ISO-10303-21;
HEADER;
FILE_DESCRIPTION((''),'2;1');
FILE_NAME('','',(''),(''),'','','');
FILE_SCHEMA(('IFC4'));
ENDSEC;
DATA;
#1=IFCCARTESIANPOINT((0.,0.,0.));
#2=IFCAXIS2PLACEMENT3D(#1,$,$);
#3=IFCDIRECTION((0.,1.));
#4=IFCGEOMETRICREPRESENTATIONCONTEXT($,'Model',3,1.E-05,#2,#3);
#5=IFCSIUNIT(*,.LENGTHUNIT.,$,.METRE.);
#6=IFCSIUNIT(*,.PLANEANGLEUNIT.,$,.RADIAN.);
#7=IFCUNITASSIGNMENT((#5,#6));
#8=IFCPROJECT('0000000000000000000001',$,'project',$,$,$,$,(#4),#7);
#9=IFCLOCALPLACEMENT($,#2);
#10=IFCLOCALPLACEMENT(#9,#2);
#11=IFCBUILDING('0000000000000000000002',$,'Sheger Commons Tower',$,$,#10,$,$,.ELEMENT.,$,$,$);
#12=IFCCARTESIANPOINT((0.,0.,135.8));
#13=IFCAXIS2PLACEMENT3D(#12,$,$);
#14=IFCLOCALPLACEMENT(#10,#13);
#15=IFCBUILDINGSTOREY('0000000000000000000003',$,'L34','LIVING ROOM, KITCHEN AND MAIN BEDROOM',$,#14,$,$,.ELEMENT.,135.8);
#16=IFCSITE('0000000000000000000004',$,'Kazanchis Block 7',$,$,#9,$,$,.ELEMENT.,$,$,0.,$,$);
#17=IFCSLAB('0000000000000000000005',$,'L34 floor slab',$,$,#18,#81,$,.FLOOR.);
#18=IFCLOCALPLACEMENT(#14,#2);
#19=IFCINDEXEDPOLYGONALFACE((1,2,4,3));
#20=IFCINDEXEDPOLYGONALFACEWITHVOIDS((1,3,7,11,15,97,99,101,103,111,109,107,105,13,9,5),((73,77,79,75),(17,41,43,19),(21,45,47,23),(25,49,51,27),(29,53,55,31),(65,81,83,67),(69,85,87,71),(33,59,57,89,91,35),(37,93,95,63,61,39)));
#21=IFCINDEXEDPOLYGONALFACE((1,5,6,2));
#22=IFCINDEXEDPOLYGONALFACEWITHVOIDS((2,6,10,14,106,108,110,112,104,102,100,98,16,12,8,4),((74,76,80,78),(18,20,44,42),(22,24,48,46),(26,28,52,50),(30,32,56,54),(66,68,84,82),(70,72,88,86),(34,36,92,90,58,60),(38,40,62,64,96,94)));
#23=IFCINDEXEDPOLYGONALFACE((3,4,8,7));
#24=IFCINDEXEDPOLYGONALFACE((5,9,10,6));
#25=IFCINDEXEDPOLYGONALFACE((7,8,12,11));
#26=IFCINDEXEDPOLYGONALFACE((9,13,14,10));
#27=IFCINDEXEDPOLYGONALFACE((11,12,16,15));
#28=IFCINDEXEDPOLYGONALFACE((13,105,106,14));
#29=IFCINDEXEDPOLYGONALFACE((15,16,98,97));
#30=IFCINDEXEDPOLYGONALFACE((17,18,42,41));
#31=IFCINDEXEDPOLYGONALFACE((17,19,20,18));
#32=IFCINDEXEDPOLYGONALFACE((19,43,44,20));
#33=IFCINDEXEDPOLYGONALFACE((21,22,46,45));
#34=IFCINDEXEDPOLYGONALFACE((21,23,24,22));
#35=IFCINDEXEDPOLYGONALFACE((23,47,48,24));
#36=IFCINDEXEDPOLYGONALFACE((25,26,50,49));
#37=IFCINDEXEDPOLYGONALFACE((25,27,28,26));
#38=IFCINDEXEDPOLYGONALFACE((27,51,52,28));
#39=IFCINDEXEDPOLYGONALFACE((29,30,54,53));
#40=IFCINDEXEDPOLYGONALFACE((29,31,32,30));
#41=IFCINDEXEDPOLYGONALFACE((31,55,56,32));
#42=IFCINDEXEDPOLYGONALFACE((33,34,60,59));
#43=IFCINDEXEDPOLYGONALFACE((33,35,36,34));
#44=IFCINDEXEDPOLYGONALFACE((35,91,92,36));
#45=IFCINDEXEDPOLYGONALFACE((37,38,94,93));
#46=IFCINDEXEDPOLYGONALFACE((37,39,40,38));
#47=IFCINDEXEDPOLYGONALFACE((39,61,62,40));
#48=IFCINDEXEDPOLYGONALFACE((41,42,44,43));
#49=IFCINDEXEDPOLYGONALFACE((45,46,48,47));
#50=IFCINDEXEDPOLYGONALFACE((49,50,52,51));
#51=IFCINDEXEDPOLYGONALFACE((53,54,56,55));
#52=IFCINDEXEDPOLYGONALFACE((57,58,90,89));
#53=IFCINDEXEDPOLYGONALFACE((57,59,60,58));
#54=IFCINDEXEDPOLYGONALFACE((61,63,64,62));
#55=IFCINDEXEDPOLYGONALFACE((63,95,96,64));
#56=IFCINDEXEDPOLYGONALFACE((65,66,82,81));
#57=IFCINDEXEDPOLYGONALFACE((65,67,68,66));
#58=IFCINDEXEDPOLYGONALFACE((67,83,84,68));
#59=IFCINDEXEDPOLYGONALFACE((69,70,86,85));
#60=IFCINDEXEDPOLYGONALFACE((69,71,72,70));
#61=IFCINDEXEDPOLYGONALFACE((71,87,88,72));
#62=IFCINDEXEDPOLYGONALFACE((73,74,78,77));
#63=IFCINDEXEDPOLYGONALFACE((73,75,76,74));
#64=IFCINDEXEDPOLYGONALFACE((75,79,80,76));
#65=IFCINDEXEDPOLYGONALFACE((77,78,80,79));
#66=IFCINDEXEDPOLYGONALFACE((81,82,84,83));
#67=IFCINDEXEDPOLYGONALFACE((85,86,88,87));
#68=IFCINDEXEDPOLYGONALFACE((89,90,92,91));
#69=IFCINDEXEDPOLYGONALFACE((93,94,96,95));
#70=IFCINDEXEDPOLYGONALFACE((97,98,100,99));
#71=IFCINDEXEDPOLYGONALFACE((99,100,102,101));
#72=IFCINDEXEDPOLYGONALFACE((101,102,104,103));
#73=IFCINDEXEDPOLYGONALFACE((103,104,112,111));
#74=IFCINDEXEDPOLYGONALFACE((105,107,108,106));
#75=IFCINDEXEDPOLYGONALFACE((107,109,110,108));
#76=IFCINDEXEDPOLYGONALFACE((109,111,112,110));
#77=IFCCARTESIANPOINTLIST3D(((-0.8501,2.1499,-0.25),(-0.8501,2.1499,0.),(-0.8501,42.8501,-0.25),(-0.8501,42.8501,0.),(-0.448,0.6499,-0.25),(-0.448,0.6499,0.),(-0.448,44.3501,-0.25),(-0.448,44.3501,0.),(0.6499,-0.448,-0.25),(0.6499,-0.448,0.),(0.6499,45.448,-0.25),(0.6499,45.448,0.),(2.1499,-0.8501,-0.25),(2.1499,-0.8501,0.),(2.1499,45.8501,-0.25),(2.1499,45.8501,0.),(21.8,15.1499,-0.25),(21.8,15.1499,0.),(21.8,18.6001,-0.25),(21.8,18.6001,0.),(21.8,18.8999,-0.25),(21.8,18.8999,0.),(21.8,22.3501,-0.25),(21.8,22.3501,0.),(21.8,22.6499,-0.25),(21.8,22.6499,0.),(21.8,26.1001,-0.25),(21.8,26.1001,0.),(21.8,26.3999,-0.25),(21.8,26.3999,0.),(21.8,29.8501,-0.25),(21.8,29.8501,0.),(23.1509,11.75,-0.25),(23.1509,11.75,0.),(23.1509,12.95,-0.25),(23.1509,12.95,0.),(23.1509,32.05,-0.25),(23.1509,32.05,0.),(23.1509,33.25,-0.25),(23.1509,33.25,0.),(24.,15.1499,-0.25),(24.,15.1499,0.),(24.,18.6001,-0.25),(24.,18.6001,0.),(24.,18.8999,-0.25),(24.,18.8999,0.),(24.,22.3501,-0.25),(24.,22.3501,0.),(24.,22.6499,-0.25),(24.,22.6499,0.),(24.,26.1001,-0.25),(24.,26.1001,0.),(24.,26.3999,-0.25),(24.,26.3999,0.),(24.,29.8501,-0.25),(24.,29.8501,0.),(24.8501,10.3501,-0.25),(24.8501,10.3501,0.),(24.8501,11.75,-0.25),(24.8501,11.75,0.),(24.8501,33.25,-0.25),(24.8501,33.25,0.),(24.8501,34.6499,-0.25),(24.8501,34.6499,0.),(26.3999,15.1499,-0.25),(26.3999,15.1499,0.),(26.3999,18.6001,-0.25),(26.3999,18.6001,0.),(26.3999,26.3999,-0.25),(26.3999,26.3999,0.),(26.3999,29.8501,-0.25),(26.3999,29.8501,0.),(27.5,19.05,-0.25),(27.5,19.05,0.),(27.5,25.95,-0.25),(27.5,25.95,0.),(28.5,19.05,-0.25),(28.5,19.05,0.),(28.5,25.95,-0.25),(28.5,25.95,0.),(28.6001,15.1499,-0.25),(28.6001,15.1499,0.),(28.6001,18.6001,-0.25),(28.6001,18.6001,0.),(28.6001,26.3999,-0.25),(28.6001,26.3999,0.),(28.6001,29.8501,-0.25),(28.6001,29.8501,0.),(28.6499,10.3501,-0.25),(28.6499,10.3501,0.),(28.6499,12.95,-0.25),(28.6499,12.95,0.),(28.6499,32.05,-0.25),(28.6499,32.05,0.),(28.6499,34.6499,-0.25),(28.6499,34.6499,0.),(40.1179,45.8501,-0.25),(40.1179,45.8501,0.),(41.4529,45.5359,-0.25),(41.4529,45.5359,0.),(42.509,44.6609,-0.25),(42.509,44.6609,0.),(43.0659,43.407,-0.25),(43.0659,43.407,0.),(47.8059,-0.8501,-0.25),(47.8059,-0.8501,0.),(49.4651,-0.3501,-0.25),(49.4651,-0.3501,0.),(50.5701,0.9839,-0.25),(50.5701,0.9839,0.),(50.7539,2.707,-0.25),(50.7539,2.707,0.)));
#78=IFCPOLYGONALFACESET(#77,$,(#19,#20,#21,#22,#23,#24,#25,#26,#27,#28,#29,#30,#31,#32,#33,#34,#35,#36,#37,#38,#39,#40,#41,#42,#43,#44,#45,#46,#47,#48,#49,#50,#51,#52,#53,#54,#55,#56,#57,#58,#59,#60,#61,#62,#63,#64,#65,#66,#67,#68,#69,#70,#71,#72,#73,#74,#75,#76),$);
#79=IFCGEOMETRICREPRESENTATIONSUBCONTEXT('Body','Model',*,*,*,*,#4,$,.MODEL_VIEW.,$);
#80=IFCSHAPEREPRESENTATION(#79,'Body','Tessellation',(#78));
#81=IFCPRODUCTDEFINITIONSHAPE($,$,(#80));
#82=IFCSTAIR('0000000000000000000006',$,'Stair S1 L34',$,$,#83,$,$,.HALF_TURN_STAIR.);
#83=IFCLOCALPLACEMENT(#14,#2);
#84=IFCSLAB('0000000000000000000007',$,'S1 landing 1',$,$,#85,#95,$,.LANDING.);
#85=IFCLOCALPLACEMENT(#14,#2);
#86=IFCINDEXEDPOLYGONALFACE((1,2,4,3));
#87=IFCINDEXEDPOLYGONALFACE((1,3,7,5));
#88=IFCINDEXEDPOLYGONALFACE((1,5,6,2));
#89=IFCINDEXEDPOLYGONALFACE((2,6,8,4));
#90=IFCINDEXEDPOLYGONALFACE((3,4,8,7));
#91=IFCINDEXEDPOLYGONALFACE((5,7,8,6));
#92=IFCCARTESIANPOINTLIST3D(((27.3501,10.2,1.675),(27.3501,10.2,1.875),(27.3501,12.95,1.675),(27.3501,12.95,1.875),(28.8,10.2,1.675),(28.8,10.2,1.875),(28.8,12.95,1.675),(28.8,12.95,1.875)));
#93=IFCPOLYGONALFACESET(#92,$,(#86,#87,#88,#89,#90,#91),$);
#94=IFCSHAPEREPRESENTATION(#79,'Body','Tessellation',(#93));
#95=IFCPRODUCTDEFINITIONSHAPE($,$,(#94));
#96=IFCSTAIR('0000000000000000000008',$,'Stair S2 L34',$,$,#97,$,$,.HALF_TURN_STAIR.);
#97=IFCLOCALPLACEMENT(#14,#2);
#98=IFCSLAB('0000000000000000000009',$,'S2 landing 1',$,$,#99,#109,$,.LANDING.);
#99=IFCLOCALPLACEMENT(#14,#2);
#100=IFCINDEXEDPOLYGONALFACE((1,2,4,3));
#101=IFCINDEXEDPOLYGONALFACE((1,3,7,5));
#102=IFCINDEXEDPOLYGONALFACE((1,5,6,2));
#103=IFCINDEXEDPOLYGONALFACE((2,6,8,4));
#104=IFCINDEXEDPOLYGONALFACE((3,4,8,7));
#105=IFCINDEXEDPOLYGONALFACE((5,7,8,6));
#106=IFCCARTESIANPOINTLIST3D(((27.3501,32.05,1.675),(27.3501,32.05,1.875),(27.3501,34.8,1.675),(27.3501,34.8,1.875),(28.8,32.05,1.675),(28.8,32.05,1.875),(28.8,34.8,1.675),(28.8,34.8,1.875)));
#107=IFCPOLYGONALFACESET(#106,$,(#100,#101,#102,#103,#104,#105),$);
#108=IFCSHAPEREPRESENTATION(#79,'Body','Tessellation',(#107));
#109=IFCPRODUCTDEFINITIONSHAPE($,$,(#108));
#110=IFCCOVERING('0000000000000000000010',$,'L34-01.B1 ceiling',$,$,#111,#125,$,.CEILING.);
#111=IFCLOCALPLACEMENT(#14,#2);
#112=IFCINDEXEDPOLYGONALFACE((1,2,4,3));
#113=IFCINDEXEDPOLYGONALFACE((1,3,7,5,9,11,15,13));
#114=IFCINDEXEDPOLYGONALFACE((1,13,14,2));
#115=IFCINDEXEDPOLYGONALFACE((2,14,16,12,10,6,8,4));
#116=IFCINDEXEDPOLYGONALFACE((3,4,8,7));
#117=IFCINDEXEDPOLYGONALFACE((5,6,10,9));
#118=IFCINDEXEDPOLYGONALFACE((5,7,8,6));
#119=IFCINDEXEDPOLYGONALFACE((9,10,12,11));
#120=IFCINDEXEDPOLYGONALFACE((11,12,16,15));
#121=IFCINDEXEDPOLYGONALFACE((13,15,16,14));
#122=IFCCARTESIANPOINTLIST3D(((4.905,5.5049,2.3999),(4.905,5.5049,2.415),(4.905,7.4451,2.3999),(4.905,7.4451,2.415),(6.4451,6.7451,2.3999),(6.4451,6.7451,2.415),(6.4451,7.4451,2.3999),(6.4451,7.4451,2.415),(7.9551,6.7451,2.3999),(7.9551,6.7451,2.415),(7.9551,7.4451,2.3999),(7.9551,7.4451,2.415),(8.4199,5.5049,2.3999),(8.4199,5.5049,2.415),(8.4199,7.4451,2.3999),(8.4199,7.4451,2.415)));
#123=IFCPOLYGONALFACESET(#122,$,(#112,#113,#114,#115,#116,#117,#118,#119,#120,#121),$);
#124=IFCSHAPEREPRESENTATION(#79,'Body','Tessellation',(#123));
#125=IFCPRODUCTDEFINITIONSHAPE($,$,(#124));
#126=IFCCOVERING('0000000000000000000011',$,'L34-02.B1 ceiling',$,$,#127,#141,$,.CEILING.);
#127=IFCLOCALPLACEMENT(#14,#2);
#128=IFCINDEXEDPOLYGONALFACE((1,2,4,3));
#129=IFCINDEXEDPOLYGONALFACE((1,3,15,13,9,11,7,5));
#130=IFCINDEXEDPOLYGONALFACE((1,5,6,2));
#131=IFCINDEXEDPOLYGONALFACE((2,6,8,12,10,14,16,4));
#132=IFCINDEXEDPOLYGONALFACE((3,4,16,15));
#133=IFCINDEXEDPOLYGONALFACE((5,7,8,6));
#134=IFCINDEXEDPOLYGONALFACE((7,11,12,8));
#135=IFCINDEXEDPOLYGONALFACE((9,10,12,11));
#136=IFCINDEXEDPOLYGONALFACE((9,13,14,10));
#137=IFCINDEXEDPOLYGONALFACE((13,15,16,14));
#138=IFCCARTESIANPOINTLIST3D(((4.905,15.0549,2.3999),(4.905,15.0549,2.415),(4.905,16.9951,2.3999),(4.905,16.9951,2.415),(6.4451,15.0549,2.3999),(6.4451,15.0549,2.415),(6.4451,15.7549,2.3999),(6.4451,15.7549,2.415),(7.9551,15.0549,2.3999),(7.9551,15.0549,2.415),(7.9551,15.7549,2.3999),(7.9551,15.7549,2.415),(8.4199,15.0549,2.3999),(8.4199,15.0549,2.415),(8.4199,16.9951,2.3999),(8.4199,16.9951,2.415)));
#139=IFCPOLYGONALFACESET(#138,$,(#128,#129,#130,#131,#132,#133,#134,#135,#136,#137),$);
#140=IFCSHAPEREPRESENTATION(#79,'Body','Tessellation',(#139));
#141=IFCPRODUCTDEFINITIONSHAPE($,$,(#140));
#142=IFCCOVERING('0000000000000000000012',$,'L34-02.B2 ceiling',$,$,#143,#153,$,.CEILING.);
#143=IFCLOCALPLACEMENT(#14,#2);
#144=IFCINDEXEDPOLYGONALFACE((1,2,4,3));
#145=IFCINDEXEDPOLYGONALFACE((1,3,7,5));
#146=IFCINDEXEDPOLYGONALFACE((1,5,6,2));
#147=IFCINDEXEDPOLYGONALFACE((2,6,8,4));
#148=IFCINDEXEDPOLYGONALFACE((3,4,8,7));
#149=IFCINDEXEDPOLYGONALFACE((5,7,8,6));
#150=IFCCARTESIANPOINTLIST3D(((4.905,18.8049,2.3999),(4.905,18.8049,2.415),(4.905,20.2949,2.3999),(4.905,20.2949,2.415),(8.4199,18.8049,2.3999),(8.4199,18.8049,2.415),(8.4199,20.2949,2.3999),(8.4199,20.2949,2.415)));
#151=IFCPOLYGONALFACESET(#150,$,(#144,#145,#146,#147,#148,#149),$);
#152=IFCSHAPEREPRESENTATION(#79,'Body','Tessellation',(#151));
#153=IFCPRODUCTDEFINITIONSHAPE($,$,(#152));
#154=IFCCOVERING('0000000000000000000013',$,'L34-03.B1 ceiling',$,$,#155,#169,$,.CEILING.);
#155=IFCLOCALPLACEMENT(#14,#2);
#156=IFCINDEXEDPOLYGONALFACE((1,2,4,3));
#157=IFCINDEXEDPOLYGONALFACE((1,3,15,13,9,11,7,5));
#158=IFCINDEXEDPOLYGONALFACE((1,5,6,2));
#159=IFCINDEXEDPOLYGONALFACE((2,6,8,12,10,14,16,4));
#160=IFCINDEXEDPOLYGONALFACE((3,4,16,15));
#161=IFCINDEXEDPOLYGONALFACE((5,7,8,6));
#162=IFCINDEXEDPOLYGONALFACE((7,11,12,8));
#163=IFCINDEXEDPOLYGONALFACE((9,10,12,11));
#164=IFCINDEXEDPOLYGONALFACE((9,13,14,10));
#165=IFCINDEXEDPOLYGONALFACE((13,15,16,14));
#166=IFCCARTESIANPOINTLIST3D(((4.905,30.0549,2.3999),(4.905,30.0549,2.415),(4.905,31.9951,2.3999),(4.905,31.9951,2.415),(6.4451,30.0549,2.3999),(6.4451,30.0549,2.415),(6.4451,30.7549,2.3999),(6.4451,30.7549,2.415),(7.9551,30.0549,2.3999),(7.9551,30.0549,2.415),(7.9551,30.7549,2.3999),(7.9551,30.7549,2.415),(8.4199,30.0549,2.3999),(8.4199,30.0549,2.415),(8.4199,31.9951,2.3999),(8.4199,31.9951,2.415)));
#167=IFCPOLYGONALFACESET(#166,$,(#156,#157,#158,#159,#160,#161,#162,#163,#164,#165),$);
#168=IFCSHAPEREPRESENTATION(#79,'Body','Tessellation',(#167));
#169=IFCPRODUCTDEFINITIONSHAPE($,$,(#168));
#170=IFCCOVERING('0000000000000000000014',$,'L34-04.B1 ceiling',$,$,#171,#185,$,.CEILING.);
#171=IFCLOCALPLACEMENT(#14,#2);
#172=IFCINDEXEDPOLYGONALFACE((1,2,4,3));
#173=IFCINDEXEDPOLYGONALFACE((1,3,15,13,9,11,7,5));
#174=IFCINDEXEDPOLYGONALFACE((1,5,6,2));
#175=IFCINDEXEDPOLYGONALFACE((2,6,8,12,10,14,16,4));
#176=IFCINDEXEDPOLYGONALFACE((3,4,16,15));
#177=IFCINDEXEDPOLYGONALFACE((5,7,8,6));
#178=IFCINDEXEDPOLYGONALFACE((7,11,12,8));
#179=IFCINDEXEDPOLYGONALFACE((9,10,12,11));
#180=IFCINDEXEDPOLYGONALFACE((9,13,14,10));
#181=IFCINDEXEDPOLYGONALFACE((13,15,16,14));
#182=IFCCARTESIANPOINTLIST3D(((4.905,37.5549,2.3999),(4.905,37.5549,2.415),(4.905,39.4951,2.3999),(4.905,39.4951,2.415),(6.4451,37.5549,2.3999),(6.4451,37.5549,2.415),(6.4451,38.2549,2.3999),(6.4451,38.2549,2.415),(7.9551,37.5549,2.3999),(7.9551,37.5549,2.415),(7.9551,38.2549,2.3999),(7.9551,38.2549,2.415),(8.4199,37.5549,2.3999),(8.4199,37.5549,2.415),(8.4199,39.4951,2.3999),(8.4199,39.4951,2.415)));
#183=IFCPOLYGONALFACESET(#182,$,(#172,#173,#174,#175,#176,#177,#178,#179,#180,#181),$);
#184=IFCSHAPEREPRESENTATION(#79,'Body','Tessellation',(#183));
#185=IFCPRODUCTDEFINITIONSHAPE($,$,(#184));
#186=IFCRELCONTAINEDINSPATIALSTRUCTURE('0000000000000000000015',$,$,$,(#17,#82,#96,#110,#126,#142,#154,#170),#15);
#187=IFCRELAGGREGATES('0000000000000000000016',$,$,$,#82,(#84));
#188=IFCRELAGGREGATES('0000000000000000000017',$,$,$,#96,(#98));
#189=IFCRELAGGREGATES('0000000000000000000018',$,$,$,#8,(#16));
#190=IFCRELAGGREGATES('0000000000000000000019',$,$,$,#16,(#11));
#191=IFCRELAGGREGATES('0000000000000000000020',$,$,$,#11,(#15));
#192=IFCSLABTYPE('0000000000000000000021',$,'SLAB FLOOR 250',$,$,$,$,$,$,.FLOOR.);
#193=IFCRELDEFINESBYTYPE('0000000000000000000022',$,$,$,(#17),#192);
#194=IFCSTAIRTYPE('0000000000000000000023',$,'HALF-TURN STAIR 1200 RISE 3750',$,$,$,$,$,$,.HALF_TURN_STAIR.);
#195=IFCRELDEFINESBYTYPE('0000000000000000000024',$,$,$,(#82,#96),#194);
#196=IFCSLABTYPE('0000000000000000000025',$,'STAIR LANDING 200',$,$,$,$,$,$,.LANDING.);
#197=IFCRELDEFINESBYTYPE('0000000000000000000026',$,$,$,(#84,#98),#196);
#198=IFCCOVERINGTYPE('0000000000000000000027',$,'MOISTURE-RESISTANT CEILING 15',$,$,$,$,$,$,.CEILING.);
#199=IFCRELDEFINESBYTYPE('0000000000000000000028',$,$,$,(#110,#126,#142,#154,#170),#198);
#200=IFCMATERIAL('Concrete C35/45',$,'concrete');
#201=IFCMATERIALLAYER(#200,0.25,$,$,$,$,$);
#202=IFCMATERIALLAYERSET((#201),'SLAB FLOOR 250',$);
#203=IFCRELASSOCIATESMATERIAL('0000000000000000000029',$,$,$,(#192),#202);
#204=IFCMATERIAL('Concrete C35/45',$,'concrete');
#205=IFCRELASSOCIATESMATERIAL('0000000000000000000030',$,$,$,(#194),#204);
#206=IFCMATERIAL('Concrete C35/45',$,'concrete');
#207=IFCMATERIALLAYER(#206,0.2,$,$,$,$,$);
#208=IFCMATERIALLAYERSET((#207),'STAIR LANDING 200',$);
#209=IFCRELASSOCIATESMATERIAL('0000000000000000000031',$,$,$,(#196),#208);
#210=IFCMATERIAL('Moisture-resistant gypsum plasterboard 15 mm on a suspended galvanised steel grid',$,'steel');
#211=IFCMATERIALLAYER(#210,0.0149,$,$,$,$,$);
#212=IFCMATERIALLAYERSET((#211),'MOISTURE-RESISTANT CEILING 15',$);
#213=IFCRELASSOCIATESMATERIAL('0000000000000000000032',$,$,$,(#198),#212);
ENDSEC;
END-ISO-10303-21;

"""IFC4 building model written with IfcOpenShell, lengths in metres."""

from ifc_helpers import new_model, si_unit, direction, frame, origin, place, context, subcontext, project, spatial, polyline, outline, extrude, material, layer, layer_set, type_object, element, aggregate, save


model = new_model("IFC4")

# Units and contexts
model_context = context("Model", 3, precision=1e-05, world=origin(), true_north=direction((0.0, 1.0)))
body_context = subcontext(model_context, "Body", "Model", "MODEL_VIEW")
ifc_project = project(units=[si_unit("LENGTHUNIT", "METRE"), si_unit("PLANEANGLEUNIT", "RADIAN")], contexts=[model_context])

# Site, building, storey
site_placement = place(None, origin())
site = spatial("IfcSite", under=ifc_project, at=site_placement, Name="Kazanchis Block 7", CompositionType="ELEMENT", RefElevation=0.0)
building_placement = place(site_placement, origin())
building = spatial("IfcBuilding", under=site, at=building_placement, Name="Sheger Commons Tower", CompositionType="ELEMENT")
storey_placement = place(building_placement, frame((0.0, 0.0, 135.8)))
storey = spatial("IfcBuildingStorey", under=building, at=storey_placement, Name="L34", Description="LIVING ROOM, KITCHEN AND MAIN BEDROOM", CompositionType="ELEMENT", Elevation=135.8)

# Slab
ifc_material_1 = material(Name="Concrete C35/45", Category="concrete")
ifc_layer_1 = layer(ifc_material_1, 0.25)
ifc_layer_set_1 = layer_set([ifc_layer_1], Name="SLAB FLOOR 250")
slab_type_1 = type_object("IfcSlabType", Name="SLAB FLOOR 250", PredefinedType="FLOOR", material=ifc_layer_set_1)
slab_1_placement = place(storey_placement, frame((0.0, 0.0, -0.25)))
element("IfcSlab", 1, at=slab_1_placement, inside=storey, type_object=slab_type_1, Name="L34 floor slab", PredefinedType="FLOOR", context=body_context, shape_type="SweptSolid", body=[
    extrude(outline(polyline([(-0.8501, 2.1499), (-0.448, 0.6499), (0.6499, -0.448), (2.1499, -0.8501), (47.8059, -0.8501), (49.4651, -0.3501), (50.5701, 0.9839), (50.7539, 2.707), (43.0659, 43.407), (42.509, 44.6609), (41.4529, 45.5359), (40.1179, 45.8501), (2.1499, 45.8501), (0.6499, 45.448), (-0.448, 44.3501), (-0.8501, 42.8501), (-0.8501, 2.1499)]), holes=[polyline([(24.8501, 10.3501), (28.6499, 10.3501), (28.6499, 12.95), (23.1509, 12.95), (23.1509, 11.75), (24.8501, 11.75), (24.8501, 10.3501)]), polyline([(23.1509, 32.05), (28.6499, 32.05), (28.6499, 34.6499), (24.8501, 34.6499), (24.8501, 33.25), (23.1509, 33.25), (23.1509, 32.05)]), polyline([(26.3999, 15.1499), (28.6001, 15.1499), (28.6001, 18.6001), (26.3999, 18.6001), (26.3999, 15.1499)]), polyline([(26.3999, 26.3999), (28.6001, 26.3999), (28.6001, 29.8501), (26.3999, 29.8501), (26.3999, 26.3999)]), polyline([(21.8, 15.1499), (24.0, 15.1499), (24.0, 18.6001), (21.8, 18.6001), (21.8, 15.1499)]), polyline([(21.8, 18.8999), (24.0, 18.8999), (24.0, 22.3501), (21.8, 22.3501), (21.8, 18.8999)]), polyline([(21.8, 22.6499), (24.0, 22.6499), (24.0, 26.1001), (21.8, 26.1001), (21.8, 22.6499)]), polyline([(21.8, 26.3999), (24.0, 26.3999), (24.0, 29.8501), (21.8, 29.8501), (21.8, 26.3999)]), polyline([(27.5, 19.05), (28.5, 19.05), (28.5, 25.95), (27.5, 25.95), (27.5, 19.05)])]), origin(), (0.0, 0.0, 1.0), 0.25),
])

# Stairs, slabs
ifc_material_2 = material(Name="Concrete C35/45", Category="concrete")
stair_type = type_object("IfcStairType", Name="HALF-TURN STAIR 1200 RISE 3750", PredefinedType="HALF_TURN_STAIR", material=ifc_material_2)
stair_1_placement = place(storey_placement, origin())
stair_1 = element("IfcStair", 2, at=stair_1_placement, inside=storey, type_object=stair_type, Name="Stair S1 L34", PredefinedType="HALF_TURN_STAIR")
ifc_material_3 = material(Name="Concrete C35/45", Category="concrete")
ifc_layer_2 = layer(ifc_material_3, 0.2)
ifc_layer_set_2 = layer_set([ifc_layer_2], Name="STAIR LANDING 200")
slab_type_2 = type_object("IfcSlabType", Name="STAIR LANDING 200", PredefinedType="LANDING", material=ifc_layer_set_2)
slab_2_placement = place(storey_placement, frame((0.0, 0.0, 1.675)))
slab_2 = element("IfcSlab", 3, at=slab_2_placement, type_object=slab_type_2, Name="S1 landing 1", PredefinedType="LANDING", context=body_context, shape_type="SweptSolid", body=[
    extrude(outline(polyline([(27.3501, 10.2), (28.8, 10.2), (28.8, 12.95), (27.3501, 12.95), (27.3501, 10.2)])), origin(), (0.0, 0.0, 1.0), 0.2),
])
aggregate(stair_1, [slab_2])
stair_2_placement = place(storey_placement, origin())
stair_2 = element("IfcStair", 4, at=stair_2_placement, inside=storey, type_object=stair_type, Name="Stair S2 L34", PredefinedType="HALF_TURN_STAIR")
slab_3_placement = place(storey_placement, frame((0.0, 0.0, 1.675)))
slab_3 = element("IfcSlab", 5, at=slab_3_placement, type_object=slab_type_2, Name="S2 landing 1", PredefinedType="LANDING", context=body_context, shape_type="SweptSolid", body=[
    extrude(outline(polyline([(27.3501, 32.05), (28.8, 32.05), (28.8, 34.8), (27.3501, 34.8), (27.3501, 32.05)])), origin(), (0.0, 0.0, 1.0), 0.2),
])
aggregate(stair_2, [slab_3])

# Coverings
ifc_material_4 = material(Name="Moisture-resistant gypsum plasterboard 15 mm on a suspended galvanised steel grid", Category="steel")
ifc_layer_3 = layer(ifc_material_4, 0.0149)
ifc_layer_set_3 = layer_set([ifc_layer_3], Name="MOISTURE-RESISTANT CEILING 15")
covering_type_1 = type_object("IfcCoveringType", Name="MOISTURE-RESISTANT CEILING 15", PredefinedType="CEILING", material=ifc_layer_set_3)
covering_1_placement = place(storey_placement, frame((0.0, 0.0, 2.3999)))
element("IfcCovering", 6, at=covering_1_placement, inside=storey, type_object=covering_type_1, Name="L34-01.B1 ceiling", PredefinedType="CEILING", context=body_context, shape_type="SweptSolid", body=[
    extrude(outline(polyline([(4.905, 5.5049), (8.4199, 5.5049), (8.4199, 7.4451), (7.9551, 7.4451), (7.9551, 6.7451), (6.4451, 6.7451), (6.4451, 7.4451), (4.905, 7.4451), (4.905, 5.5049)])), origin(), (0.0, 0.0, 1.0), 0.0151),
])
covering_2_placement = place(storey_placement, frame((0.0, 0.0, 2.3999)))
element("IfcCovering", 7, at=covering_2_placement, inside=storey, type_object=covering_type_1, Name="L34-02.B1 ceiling", PredefinedType="CEILING", context=body_context, shape_type="SweptSolid", body=[
    extrude(outline(polyline([(4.905, 15.0549), (6.4451, 15.0549), (6.4451, 15.7549), (7.9551, 15.7549), (7.9551, 15.0549), (8.4199, 15.0549), (8.4199, 16.9951), (4.905, 16.9951), (4.905, 15.0549)])), origin(), (0.0, 0.0, 1.0), 0.0151),
])
covering_3_placement = place(storey_placement, frame((0.0, 0.0, 2.3999)))
element("IfcCovering", 8, at=covering_3_placement, inside=storey, type_object=covering_type_1, Name="L34-02.B2 ceiling", PredefinedType="CEILING", context=body_context, shape_type="SweptSolid", body=[
    extrude(outline(polyline([(4.905, 18.8049), (8.4199, 18.8049), (8.4199, 20.2949), (4.905, 20.2949), (4.905, 18.8049)])), origin(), (0.0, 0.0, 1.0), 0.0151),
])
covering_4_placement = place(storey_placement, frame((0.0, 0.0, 2.3999)))
element("IfcCovering", 9, at=covering_4_placement, inside=storey, type_object=covering_type_1, Name="L34-03.B1 ceiling", PredefinedType="CEILING", context=body_context, shape_type="SweptSolid", body=[
    extrude(outline(polyline([(4.905, 30.0549), (6.4451, 30.0549), (6.4451, 30.7549), (7.9551, 30.7549), (7.9551, 30.0549), (8.4199, 30.0549), (8.4199, 31.9951), (4.905, 31.9951), (4.905, 30.0549)])), origin(), (0.0, 0.0, 1.0), 0.0151),
])
covering_5_placement = place(storey_placement, frame((0.0, 0.0, 2.3999)))
element("IfcCovering", 10, at=covering_5_placement, inside=storey, type_object=covering_type_1, Name="L34-04.B1 ceiling", PredefinedType="CEILING", context=body_context, shape_type="SweptSolid", body=[
    extrude(outline(polyline([(4.905, 37.5549), (6.4451, 37.5549), (6.4451, 38.2549), (7.9551, 38.2549), (7.9551, 37.5549), (8.4199, 37.5549), (8.4199, 39.4951), (4.905, 39.4951), (4.905, 37.5549)])), origin(), (0.0, 0.0, 1.0), 0.0151),
])

save(model, "model.ifc")
